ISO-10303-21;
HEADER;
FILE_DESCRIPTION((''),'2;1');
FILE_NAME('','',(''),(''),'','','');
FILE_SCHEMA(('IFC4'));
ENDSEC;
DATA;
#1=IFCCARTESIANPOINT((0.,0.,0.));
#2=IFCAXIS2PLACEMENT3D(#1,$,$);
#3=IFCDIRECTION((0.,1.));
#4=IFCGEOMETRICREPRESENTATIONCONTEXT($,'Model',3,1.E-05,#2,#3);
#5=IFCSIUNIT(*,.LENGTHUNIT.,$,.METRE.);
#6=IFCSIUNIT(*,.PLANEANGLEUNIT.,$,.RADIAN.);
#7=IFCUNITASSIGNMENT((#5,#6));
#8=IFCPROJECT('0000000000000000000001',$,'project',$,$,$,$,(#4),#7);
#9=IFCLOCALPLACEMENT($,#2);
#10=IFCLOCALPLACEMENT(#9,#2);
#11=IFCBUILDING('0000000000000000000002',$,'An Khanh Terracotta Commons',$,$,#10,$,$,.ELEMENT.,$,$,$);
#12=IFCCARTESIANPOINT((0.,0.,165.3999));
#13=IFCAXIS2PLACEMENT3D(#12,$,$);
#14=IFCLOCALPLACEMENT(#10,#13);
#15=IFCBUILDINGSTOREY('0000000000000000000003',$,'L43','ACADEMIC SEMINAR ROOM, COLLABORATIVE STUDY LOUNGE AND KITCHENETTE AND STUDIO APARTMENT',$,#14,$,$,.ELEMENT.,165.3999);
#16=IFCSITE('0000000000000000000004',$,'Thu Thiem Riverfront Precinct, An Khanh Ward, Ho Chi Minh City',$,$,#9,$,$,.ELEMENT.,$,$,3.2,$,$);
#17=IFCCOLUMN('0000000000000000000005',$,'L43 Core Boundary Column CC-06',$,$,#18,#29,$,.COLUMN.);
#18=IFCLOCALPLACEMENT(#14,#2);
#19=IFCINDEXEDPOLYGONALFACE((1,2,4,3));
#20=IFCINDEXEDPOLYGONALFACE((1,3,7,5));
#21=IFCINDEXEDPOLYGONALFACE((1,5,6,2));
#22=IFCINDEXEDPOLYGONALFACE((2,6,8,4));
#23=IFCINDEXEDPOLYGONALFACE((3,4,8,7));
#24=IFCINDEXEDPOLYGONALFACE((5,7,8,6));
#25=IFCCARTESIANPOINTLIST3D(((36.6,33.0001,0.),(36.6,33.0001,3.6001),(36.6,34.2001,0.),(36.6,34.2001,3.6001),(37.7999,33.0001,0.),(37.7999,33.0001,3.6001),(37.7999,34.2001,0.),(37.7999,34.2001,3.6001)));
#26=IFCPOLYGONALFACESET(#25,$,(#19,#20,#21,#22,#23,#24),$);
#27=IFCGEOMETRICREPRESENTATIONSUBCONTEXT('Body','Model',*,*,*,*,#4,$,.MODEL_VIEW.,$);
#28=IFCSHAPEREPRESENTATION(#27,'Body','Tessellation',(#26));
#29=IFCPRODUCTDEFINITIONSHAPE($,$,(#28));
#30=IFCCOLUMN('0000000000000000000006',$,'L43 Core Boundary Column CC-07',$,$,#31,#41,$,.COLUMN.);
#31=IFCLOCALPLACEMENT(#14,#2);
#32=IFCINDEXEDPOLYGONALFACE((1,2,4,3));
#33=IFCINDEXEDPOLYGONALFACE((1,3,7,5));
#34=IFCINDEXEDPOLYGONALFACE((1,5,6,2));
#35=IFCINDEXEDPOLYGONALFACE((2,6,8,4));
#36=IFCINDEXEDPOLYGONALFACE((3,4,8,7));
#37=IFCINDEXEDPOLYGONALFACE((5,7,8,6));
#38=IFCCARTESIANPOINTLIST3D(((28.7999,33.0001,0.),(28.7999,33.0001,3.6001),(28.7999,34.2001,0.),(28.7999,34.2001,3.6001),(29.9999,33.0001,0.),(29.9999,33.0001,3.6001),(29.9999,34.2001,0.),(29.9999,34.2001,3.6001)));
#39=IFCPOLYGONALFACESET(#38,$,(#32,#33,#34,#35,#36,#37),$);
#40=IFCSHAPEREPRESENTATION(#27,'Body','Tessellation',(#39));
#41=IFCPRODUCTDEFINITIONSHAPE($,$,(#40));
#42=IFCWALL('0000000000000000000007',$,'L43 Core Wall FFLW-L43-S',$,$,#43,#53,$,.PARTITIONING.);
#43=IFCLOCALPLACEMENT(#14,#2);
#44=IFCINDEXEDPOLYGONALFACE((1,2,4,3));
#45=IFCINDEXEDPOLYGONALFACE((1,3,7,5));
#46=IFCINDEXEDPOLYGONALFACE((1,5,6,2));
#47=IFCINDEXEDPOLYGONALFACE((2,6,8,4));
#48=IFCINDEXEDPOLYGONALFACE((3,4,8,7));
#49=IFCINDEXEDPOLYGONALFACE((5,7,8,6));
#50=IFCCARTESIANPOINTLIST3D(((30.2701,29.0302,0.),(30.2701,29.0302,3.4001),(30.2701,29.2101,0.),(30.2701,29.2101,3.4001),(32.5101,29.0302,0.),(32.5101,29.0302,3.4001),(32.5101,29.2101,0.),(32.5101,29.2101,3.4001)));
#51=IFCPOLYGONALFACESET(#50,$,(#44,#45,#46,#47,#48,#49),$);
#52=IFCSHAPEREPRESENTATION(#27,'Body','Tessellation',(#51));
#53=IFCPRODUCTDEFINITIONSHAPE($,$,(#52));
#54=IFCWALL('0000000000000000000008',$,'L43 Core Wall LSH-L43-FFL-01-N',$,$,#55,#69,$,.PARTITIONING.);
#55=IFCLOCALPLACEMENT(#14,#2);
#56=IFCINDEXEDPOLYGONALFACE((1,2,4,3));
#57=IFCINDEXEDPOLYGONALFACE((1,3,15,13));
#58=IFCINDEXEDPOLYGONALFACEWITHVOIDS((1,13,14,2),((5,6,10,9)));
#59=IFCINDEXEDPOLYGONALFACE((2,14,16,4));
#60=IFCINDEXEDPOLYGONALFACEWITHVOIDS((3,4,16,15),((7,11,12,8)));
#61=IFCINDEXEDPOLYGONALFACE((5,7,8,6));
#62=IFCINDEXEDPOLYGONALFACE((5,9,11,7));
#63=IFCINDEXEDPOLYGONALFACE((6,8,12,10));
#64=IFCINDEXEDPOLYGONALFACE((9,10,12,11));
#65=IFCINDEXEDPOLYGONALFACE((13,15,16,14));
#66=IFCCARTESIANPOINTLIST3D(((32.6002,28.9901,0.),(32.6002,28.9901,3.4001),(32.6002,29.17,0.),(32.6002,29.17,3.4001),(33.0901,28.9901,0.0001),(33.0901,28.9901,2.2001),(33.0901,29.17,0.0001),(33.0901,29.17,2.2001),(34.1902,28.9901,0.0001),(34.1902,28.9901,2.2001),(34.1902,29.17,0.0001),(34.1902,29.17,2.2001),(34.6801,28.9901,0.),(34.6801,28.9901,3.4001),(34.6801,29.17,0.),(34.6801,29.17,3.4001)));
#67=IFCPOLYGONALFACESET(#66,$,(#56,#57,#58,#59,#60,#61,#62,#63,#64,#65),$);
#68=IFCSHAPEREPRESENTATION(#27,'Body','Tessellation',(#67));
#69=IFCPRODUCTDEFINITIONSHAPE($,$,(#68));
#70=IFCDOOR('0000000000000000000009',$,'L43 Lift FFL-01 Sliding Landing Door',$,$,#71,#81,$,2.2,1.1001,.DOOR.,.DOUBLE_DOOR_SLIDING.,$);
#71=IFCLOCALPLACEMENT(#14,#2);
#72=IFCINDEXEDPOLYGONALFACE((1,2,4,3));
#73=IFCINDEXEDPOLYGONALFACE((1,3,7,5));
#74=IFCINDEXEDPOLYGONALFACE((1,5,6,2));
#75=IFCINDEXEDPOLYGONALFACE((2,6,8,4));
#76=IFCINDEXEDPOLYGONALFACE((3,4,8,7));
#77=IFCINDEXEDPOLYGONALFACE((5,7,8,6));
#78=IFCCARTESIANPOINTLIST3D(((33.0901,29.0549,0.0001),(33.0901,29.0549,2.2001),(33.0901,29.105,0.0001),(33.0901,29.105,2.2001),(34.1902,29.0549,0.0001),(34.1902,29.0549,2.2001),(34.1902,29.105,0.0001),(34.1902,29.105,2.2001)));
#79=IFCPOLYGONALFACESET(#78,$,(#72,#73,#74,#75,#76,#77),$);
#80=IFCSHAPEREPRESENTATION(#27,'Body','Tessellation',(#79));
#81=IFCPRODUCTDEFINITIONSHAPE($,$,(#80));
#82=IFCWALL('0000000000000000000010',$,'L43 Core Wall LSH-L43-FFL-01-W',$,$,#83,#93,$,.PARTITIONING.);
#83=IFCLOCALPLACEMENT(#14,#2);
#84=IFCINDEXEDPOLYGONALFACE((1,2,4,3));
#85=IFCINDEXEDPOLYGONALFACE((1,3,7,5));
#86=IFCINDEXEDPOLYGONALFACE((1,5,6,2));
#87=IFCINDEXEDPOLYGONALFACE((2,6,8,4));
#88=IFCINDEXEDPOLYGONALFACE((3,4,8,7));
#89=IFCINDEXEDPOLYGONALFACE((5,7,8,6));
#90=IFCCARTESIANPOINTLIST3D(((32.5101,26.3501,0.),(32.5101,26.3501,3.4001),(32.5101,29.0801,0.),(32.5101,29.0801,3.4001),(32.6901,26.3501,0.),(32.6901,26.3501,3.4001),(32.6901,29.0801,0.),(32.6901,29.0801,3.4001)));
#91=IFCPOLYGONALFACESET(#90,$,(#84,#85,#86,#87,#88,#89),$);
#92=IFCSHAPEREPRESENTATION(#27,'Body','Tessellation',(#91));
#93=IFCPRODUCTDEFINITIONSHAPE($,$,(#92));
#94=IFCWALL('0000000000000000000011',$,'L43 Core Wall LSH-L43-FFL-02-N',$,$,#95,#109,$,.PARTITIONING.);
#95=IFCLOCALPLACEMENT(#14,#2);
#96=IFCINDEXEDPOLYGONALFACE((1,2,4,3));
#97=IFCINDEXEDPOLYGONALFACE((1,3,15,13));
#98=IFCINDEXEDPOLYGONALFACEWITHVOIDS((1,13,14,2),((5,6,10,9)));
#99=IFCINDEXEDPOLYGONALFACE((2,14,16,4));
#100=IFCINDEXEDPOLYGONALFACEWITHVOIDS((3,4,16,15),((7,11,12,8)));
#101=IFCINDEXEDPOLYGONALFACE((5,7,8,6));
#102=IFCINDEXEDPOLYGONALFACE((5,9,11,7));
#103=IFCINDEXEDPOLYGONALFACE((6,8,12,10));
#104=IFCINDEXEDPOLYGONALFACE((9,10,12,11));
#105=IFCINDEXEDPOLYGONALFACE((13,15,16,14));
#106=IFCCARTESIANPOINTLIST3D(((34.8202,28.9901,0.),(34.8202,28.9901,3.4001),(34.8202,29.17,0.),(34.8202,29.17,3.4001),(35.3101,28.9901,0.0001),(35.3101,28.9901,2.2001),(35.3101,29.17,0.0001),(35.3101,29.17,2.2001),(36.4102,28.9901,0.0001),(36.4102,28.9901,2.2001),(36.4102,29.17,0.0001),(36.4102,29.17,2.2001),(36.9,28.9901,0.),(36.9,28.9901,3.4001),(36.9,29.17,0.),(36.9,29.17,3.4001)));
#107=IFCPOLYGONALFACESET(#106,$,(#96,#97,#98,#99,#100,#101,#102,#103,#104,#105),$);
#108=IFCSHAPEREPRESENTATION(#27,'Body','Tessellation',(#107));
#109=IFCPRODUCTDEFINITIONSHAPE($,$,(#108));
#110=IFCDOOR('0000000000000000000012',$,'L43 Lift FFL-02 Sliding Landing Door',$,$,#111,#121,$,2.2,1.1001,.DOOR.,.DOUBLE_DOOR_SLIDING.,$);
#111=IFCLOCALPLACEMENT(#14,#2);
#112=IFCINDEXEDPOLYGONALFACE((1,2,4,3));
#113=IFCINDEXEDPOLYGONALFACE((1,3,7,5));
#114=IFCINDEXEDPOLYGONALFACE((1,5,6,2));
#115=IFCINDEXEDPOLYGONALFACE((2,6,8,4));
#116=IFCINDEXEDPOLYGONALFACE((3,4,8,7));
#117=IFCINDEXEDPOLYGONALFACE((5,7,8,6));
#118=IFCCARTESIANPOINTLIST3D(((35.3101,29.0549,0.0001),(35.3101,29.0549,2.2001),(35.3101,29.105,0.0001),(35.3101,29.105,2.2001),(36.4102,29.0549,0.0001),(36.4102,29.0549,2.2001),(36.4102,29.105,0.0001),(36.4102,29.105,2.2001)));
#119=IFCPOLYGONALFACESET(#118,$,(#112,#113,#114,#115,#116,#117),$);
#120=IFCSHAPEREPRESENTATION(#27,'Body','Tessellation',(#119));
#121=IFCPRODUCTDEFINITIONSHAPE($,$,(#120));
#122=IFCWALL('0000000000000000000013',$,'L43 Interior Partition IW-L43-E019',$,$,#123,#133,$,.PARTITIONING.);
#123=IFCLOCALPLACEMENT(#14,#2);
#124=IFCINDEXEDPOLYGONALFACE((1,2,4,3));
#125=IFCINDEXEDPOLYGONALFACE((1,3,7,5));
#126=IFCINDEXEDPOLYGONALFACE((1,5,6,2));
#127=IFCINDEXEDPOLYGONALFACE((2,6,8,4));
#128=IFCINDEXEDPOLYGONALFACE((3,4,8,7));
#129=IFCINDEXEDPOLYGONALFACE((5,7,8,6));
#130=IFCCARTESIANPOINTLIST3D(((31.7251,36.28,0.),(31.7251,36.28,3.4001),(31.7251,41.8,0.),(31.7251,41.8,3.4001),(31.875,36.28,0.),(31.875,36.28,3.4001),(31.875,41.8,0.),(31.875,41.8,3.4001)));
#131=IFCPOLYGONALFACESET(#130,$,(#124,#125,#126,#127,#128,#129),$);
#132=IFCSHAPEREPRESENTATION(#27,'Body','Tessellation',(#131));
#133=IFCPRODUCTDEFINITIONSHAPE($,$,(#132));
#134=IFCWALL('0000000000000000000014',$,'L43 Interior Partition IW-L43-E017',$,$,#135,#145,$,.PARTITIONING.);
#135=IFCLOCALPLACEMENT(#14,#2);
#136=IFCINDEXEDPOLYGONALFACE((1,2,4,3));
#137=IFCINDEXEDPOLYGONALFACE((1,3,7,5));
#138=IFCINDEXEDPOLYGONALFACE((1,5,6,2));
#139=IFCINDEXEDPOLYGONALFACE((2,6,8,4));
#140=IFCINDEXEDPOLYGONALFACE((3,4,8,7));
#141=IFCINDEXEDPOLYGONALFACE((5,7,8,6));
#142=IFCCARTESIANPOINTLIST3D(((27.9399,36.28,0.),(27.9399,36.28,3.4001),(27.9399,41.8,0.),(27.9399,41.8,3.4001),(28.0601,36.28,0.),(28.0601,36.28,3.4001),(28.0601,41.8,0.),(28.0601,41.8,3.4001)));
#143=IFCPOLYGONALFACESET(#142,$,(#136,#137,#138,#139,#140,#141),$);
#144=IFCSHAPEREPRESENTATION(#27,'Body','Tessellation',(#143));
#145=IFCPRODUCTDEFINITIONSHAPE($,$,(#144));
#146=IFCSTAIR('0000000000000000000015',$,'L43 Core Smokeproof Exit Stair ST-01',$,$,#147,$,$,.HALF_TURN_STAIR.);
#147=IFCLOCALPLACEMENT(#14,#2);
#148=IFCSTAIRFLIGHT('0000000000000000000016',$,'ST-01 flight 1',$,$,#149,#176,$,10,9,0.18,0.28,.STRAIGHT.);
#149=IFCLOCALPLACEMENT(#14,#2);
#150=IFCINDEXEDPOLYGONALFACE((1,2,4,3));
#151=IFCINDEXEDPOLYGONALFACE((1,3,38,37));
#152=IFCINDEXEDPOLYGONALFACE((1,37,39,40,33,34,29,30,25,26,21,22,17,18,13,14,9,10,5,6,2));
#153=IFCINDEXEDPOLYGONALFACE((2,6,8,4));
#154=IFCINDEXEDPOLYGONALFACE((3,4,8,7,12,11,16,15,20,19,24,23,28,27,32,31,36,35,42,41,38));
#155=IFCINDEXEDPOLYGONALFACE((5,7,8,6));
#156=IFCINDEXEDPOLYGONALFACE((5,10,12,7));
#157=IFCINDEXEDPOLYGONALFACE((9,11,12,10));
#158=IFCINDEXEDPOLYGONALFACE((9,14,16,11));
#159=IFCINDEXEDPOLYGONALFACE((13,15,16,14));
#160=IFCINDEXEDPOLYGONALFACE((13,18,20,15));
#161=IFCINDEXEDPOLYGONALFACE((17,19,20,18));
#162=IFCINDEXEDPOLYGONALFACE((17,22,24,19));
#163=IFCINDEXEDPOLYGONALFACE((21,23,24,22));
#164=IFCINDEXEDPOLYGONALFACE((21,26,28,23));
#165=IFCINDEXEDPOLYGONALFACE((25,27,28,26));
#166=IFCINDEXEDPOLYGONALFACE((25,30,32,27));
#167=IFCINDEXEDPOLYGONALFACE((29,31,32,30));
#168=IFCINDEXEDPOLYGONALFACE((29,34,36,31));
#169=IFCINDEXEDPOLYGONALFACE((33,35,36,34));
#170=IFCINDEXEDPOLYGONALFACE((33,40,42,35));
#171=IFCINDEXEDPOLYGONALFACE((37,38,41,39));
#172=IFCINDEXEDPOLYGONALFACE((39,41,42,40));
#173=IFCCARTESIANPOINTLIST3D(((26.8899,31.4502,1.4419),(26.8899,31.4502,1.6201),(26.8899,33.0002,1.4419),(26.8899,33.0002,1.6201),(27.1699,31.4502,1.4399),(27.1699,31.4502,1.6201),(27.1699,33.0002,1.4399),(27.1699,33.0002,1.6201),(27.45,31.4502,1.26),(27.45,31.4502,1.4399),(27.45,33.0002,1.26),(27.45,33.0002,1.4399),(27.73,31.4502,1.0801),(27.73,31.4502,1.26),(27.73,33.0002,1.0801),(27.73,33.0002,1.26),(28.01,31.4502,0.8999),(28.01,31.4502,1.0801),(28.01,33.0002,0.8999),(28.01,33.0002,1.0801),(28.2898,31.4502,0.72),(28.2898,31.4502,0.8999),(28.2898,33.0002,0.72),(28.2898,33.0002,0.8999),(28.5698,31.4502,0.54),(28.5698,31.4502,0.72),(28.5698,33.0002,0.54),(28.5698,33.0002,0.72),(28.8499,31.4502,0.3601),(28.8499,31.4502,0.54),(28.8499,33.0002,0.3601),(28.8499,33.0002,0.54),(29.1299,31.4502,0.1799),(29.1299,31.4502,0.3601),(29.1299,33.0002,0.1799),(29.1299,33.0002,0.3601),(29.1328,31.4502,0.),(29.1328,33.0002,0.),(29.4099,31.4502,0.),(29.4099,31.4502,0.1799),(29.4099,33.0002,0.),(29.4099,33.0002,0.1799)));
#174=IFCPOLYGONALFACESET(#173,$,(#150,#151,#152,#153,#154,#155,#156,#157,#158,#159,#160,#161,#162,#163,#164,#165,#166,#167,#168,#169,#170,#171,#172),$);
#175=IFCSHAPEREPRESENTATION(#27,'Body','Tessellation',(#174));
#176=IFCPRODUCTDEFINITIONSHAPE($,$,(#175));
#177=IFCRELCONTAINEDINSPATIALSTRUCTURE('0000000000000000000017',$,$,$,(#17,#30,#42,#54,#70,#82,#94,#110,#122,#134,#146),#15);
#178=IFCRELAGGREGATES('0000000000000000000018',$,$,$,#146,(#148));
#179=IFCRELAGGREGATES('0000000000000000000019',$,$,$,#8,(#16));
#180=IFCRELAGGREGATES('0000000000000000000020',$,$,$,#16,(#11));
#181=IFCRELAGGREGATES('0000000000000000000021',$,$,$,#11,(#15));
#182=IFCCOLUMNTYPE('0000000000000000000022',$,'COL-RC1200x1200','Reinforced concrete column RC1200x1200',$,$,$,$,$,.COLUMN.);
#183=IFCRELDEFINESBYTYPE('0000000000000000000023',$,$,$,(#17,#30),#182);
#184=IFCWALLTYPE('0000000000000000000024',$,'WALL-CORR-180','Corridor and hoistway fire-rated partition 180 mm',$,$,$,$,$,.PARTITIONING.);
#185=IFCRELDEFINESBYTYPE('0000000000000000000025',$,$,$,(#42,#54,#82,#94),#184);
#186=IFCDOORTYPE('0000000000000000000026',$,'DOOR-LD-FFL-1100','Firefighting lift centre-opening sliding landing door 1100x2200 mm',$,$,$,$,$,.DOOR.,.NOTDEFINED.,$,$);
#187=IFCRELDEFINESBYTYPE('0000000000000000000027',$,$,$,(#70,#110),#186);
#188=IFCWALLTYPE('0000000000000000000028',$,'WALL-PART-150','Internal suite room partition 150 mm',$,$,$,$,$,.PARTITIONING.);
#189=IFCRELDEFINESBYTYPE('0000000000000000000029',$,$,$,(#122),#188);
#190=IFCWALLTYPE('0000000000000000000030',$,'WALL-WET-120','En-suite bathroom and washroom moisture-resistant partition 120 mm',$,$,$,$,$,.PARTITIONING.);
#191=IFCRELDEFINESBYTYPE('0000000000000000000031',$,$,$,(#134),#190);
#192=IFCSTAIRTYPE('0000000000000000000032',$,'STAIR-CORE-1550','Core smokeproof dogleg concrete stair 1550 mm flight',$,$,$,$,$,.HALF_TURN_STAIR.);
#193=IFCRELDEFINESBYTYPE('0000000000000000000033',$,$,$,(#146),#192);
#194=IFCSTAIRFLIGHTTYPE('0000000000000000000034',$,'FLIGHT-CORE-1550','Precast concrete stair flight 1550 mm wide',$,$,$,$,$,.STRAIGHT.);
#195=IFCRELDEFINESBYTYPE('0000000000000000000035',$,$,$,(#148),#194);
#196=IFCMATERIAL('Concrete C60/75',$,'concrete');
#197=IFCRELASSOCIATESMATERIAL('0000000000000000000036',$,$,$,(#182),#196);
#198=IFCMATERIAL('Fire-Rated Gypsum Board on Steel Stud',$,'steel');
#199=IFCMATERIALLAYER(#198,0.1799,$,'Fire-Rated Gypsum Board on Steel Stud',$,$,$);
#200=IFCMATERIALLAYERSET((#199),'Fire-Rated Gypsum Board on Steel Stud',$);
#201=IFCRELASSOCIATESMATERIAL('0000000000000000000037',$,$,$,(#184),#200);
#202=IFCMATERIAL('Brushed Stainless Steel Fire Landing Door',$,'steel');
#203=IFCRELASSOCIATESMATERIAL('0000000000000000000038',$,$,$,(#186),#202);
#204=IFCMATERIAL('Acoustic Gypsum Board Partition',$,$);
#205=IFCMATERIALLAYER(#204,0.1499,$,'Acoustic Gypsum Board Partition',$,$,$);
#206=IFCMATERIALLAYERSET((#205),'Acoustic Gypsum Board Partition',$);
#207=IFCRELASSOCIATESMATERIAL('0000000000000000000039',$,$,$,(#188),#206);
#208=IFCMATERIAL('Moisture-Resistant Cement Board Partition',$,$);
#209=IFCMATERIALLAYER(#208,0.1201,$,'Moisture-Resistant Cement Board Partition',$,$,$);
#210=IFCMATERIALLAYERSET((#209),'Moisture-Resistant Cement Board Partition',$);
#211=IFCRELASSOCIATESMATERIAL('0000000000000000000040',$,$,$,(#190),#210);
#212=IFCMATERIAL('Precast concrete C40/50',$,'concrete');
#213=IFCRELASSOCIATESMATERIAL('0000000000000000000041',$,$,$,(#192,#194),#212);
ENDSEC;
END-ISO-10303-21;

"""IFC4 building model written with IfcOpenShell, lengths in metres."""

from ifc_helpers import new_model, si_unit, direction, frame, frame_2d, origin, origin_2d, place, context, subcontext, project, spatial, polyline, rectangle, outline, extrude, material, layer, layer_set, material_profile, profile_set, type_object, element, fill, aggregate, save


model = new_model("IFC4")

# Units and contexts
model_context = context("Model", 3, precision=1e-05, world=origin(), true_north=direction((0.0, 1.0)))
body_context = subcontext(model_context, "Body", "Model", "MODEL_VIEW")
ifc_project = project(units=[si_unit("LENGTHUNIT", "METRE"), si_unit("PLANEANGLEUNIT", "RADIAN")], contexts=[model_context])

# Site, building, storey
site_placement = place(None, origin())
site = spatial("IfcSite", under=ifc_project, at=site_placement, Name="Thu Thiem Riverfront Precinct, An Khanh Ward, Ho Chi Minh City", CompositionType="ELEMENT", RefElevation=3.2)
building_placement = place(site_placement, origin())
building = spatial("IfcBuilding", under=site, at=building_placement, Name="An Khanh Terracotta Commons", CompositionType="ELEMENT")
storey_placement = place(building_placement, frame((0.0, 0.0, 165.3999)))
storey = spatial("IfcBuildingStorey", under=building, at=storey_placement, Name="L43", Description="ACADEMIC SEMINAR ROOM, COLLABORATIVE STUDY LOUNGE AND KITCHENETTE AND STUDIO APARTMENT", CompositionType="ELEMENT", Elevation=165.3999)

# Columns
ifc_material_1 = material(Name="Concrete C60/75", Category="concrete")
ifc_material_profile = material_profile(ifc_material_1, rectangle(XDim=1.2, YDim=1.2, at=origin_2d()), Name="RC1200x1200")
ifc_profile_set = profile_set([ifc_material_profile], Name="Concrete C60/75")
column_type = type_object("IfcColumnType", Name="COL-RC1200x1200", Description="Reinforced concrete column RC1200x1200", PredefinedType="COLUMN", material=ifc_profile_set)
for number, where, z_axis, x_axis, name in (
    (1, (37.2, 33.6001, 0.0), (0.0, 0.0, 1.0), (1.0, 0.0, 0.0), "L43 Core Boundary Column CC-06"),
    (2, (29.3999, 33.6001, 0.0), (0.0, 0.0, 1.0), (1.0, 0.0, 0.0), "L43 Core Boundary Column CC-07"),
):
    element("IfcColumn", number, at=place(storey_placement, frame(where, z_axis=z_axis, x_axis=x_axis)), inside=storey, type_object=column_type, Name=name, PredefinedType="COLUMN", context=body_context, shape_type="SweptSolid", body=[
        extrude(rectangle(XDim=1.2, YDim=1.2, at=origin_2d()), origin(), (0.0, 0.0, 1.0), 3.6001),
    ])

# Wall
ifc_material_2 = material(Name="Fire-Rated Gypsum Board on Steel Stud", Category="steel")
ifc_layer_1 = layer(ifc_material_2, 0.1799, Name="Fire-Rated Gypsum Board on Steel Stud")
ifc_layer_set_1 = layer_set([ifc_layer_1], Name="Fire-Rated Gypsum Board on Steel Stud")
wall_type_1 = type_object("IfcWallType", Name="WALL-CORR-180", Description="Corridor and hoistway fire-rated partition 180 mm", PredefinedType="PARTITIONING", material=ifc_layer_set_1)
wall_1_placement = place(storey_placement, frame((30.27, 29.1201, 0.0), z_axis=(0.0, 0.0, 1.0), x_axis=(1.0, 0.0, 0.0)))
element("IfcWall", 3, at=wall_1_placement, inside=storey, type_object=wall_type_1, Name="L43 Core Wall FFLW-L43-S", PredefinedType="PARTITIONING", context=body_context, shape_type="SweptSolid", body=[
    extrude(rectangle(XDim=2.24, YDim=0.1799, at=frame_2d((1.1201, 0.0))), origin(), (0.0, 0.0, 1.0), 3.4001),
])

# Wall, opening, door
wall_2_placement = place(storey_placement, frame((32.6001, 29.0801, 0.0), z_axis=(0.0, 0.0, 1.0), x_axis=(1.0, 0.0, 0.0)))
wall_2 = element("IfcWall", 4, at=wall_2_placement, inside=storey, type_object=wall_type_1, Name="L43 Core Wall LSH-L43-FFL-01-N", PredefinedType="PARTITIONING", context=body_context, shape_type="SweptSolid", body=[
    extrude(rectangle(XDim=2.0798, YDim=0.1799, at=frame_2d((1.04, 0.0))), origin(), (0.0, 0.0, 1.0), 3.4001),
])
opening_1_placement = place(wall_2_placement, frame((0.49, 0.0, 0.0)))
opening_1 = element("IfcOpeningElement", 5, at=opening_1_placement, cuts=wall_2, PredefinedType="OPENING", context=body_context, shape_type="SweptSolid", body=[
    extrude(rectangle(XDim=1.1001, YDim=2.2, at=frame_2d((0.55, 1.1001))), frame((0.0, 0.0999, 0.0), z_axis=(0.0, -1.0, 0.0), x_axis=(1.0, 0.0, 0.0)), (0.0, 0.0, 1.0), 0.2),
])
ifc_material_3 = material(Name="Brushed Stainless Steel Fire Landing Door", Category="steel")
door_type_1 = type_object("IfcDoorType", Name="DOOR-LD-FFL-1100", Description="Firefighting lift centre-opening sliding landing door 1100x2200 mm", OperationType="NOTDEFINED", PredefinedType="DOOR", material=ifc_material_3)
door_1_placement = place(opening_1_placement, origin())
door_1 = element("IfcDoor", 6, at=door_1_placement, inside=storey, type_object=door_type_1, Name="L43 Lift FFL-01 Sliding Landing Door", OperationType="DOUBLE_DOOR_SLIDING", OverallHeight=2.2, OverallWidth=1.1001, PredefinedType="DOOR", context=body_context, shape_type="SweptSolid", body=[
    extrude(rectangle(XDim=1.1001, YDim=2.2, at=frame_2d((0.55, 1.1001))), frame((0.0, 0.0249, 0.0), z_axis=(0.0, -1.0, 0.0), x_axis=(1.0, 0.0, 0.0)), (0.0, 0.0, 1.0), 0.05),
])
fill(opening_1, door_1)

# Wall
wall_3_placement = place(storey_placement, frame((32.6001, 29.0801, 0.0), z_axis=(0.0, 0.0, 1.0), x_axis=(0.0, -1.0, 0.0)))
element("IfcWall", 7, at=wall_3_placement, inside=storey, type_object=wall_type_1, Name="L43 Core Wall LSH-L43-FFL-01-W", PredefinedType="PARTITIONING", context=body_context, shape_type="SweptSolid", body=[
    extrude(rectangle(XDim=2.73, YDim=0.1799, at=frame_2d((1.365, 0.0))), origin(), (0.0, 0.0, 1.0), 3.4001),
])

# Wall, opening, door
wall_4_placement = place(storey_placement, frame((34.8201, 29.0801, 0.0), z_axis=(0.0, 0.0, 1.0), x_axis=(1.0, 0.0, 0.0)))
wall_4 = element("IfcWall", 8, at=wall_4_placement, inside=storey, type_object=wall_type_1, Name="L43 Core Wall LSH-L43-FFL-02-N", PredefinedType="PARTITIONING", context=body_context, shape_type="SweptSolid", body=[
    extrude(rectangle(XDim=2.0798, YDim=0.1799, at=frame_2d((1.04, 0.0))), origin(), (0.0, 0.0, 1.0), 3.4001),
])
opening_2_placement = place(wall_4_placement, frame((0.49, 0.0, 0.0)))
opening_2 = element("IfcOpeningElement", 9, at=opening_2_placement, cuts=wall_4, PredefinedType="OPENING", context=body_context, shape_type="SweptSolid", body=[
    extrude(rectangle(XDim=1.1001, YDim=2.2, at=frame_2d((0.55, 1.1001))), frame((0.0, 0.0999, 0.0), z_axis=(0.0, -1.0, 0.0), x_axis=(1.0, 0.0, 0.0)), (0.0, 0.0, 1.0), 0.2),
])
door_2_placement = place(opening_2_placement, origin())
door_2 = element("IfcDoor", 10, at=door_2_placement, inside=storey, type_object=door_type_1, Name="L43 Lift FFL-02 Sliding Landing Door", OperationType="DOUBLE_DOOR_SLIDING", OverallHeight=2.2, OverallWidth=1.1001, PredefinedType="DOOR", context=body_context, shape_type="SweptSolid", body=[
    extrude(rectangle(XDim=1.1001, YDim=2.2, at=frame_2d((0.55, 1.1001))), frame((0.0, 0.0249, 0.0), z_axis=(0.0, -1.0, 0.0), x_axis=(1.0, 0.0, 0.0)), (0.0, 0.0, 1.0), 0.05),
])
fill(opening_2, door_2)

# Wall
ifc_material_4 = material(Name="Acoustic Gypsum Board Partition")
ifc_layer_2 = layer(ifc_material_4, 0.1499, Name="Acoustic Gypsum Board Partition")
ifc_layer_set_2 = layer_set([ifc_layer_2], Name="Acoustic Gypsum Board Partition")
wall_type_2 = type_object("IfcWallType", Name="WALL-PART-150", Description="Internal suite room partition 150 mm", PredefinedType="PARTITIONING", material=ifc_layer_set_2)
wall_5_placement = place(storey_placement, frame((31.8, 36.28, 0.0), z_axis=(0.0, 0.0, 1.0), x_axis=(0.0, 1.0, 0.0)))
element("IfcWall", 11, at=wall_5_placement, inside=storey, type_object=wall_type_2, Name="L43 Interior Partition IW-L43-E019", PredefinedType="PARTITIONING", context=body_context, shape_type="SweptSolid", body=[
    extrude(rectangle(XDim=5.52, YDim=0.1499, at=frame_2d((2.76, 0.0))), origin(), (0.0, 0.0, 1.0), 3.4001),
])

# Wall
ifc_material_5 = material(Name="Moisture-Resistant Cement Board Partition")
ifc_layer_3 = layer(ifc_material_5, 0.1201, Name="Moisture-Resistant Cement Board Partition")
ifc_layer_set_3 = layer_set([ifc_layer_3], Name="Moisture-Resistant Cement Board Partition")
wall_type_3 = type_object("IfcWallType", Name="WALL-WET-120", Description="En-suite bathroom and washroom moisture-resistant partition 120 mm", PredefinedType="PARTITIONING", material=ifc_layer_set_3)
wall_6_placement = place(storey_placement, frame((28.0, 36.28, 0.0), z_axis=(0.0, 0.0, 1.0), x_axis=(0.0, 1.0, 0.0)))
element("IfcWall", 12, at=wall_6_placement, inside=storey, type_object=wall_type_3, Name="L43 Interior Partition IW-L43-E017", PredefinedType="PARTITIONING", context=body_context, shape_type="SweptSolid", body=[
    extrude(rectangle(XDim=5.52, YDim=0.1201, at=frame_2d((2.76, 0.0))), origin(), (0.0, 0.0, 1.0), 3.4001),
])

# Stair, stair flight
ifc_material_6 = material(Name="Precast concrete C40/50", Category="concrete")
stair_type = type_object("IfcStairType", Name="STAIR-CORE-1550", Description="Core smokeproof dogleg concrete stair 1550 mm flight", PredefinedType="HALF_TURN_STAIR", material=ifc_material_6)
stair_placement = place(storey_placement, origin())
stair = element("IfcStair", 13, at=stair_placement, inside=storey, type_object=stair_type, Name="L43 Core Smokeproof Exit Stair ST-01", PredefinedType="HALF_TURN_STAIR")
stair_flight_type = type_object("IfcStairFlightType", Name="FLIGHT-CORE-1550", Description="Precast concrete stair flight 1550 mm wide", PredefinedType="STRAIGHT", material=ifc_material_6)
stair_flight_1_placement = place(storey_placement, frame((29.4099, 32.2251, 0.0), z_axis=(0.0, 0.0, 1.0), x_axis=(-1.0, 0.0, 0.0)))
stair_flight_1 = element("IfcStairFlight", 14, at=stair_flight_1_placement, type_object=stair_flight_type, Name="ST-01 flight 1", NumberOfRisers=10, NumberOfTreads=9, PredefinedType="STRAIGHT", RiserHeight=0.18, TreadLength=0.28, context=body_context, shape_type="SweptSolid", body=[
    extrude(outline(polyline([(0.0, 0.0), (0.0, 0.1799), (0.28, 0.1799), (0.28, 0.3601), (0.5601, 0.3601), (0.5601, 0.54), (0.8401, 0.54), (0.8401, 0.72), (1.1201, 0.72), (1.1201, 0.8999), (1.3999, 0.8999), (1.3999, 1.0801), (1.6799, 1.0801), (1.6799, 1.26), (1.96, 1.26), (1.96, 1.4399), (2.24, 1.4399), (2.24, 1.6201), (2.52, 1.6201), (2.52, 1.8), (2.52, 1.4419), (0.2771, 0.0), (0.0, 0.0)])), frame((0.0, 0.7749, 0.0), z_axis=(0.0, -1.0, 0.0), x_axis=(1.0, 0.0, 0.0)), (0.0, 0.0, 1.0), 1.55),
])
aggregate(stair, [stair_flight_1])

save(model, "model.ifc")
